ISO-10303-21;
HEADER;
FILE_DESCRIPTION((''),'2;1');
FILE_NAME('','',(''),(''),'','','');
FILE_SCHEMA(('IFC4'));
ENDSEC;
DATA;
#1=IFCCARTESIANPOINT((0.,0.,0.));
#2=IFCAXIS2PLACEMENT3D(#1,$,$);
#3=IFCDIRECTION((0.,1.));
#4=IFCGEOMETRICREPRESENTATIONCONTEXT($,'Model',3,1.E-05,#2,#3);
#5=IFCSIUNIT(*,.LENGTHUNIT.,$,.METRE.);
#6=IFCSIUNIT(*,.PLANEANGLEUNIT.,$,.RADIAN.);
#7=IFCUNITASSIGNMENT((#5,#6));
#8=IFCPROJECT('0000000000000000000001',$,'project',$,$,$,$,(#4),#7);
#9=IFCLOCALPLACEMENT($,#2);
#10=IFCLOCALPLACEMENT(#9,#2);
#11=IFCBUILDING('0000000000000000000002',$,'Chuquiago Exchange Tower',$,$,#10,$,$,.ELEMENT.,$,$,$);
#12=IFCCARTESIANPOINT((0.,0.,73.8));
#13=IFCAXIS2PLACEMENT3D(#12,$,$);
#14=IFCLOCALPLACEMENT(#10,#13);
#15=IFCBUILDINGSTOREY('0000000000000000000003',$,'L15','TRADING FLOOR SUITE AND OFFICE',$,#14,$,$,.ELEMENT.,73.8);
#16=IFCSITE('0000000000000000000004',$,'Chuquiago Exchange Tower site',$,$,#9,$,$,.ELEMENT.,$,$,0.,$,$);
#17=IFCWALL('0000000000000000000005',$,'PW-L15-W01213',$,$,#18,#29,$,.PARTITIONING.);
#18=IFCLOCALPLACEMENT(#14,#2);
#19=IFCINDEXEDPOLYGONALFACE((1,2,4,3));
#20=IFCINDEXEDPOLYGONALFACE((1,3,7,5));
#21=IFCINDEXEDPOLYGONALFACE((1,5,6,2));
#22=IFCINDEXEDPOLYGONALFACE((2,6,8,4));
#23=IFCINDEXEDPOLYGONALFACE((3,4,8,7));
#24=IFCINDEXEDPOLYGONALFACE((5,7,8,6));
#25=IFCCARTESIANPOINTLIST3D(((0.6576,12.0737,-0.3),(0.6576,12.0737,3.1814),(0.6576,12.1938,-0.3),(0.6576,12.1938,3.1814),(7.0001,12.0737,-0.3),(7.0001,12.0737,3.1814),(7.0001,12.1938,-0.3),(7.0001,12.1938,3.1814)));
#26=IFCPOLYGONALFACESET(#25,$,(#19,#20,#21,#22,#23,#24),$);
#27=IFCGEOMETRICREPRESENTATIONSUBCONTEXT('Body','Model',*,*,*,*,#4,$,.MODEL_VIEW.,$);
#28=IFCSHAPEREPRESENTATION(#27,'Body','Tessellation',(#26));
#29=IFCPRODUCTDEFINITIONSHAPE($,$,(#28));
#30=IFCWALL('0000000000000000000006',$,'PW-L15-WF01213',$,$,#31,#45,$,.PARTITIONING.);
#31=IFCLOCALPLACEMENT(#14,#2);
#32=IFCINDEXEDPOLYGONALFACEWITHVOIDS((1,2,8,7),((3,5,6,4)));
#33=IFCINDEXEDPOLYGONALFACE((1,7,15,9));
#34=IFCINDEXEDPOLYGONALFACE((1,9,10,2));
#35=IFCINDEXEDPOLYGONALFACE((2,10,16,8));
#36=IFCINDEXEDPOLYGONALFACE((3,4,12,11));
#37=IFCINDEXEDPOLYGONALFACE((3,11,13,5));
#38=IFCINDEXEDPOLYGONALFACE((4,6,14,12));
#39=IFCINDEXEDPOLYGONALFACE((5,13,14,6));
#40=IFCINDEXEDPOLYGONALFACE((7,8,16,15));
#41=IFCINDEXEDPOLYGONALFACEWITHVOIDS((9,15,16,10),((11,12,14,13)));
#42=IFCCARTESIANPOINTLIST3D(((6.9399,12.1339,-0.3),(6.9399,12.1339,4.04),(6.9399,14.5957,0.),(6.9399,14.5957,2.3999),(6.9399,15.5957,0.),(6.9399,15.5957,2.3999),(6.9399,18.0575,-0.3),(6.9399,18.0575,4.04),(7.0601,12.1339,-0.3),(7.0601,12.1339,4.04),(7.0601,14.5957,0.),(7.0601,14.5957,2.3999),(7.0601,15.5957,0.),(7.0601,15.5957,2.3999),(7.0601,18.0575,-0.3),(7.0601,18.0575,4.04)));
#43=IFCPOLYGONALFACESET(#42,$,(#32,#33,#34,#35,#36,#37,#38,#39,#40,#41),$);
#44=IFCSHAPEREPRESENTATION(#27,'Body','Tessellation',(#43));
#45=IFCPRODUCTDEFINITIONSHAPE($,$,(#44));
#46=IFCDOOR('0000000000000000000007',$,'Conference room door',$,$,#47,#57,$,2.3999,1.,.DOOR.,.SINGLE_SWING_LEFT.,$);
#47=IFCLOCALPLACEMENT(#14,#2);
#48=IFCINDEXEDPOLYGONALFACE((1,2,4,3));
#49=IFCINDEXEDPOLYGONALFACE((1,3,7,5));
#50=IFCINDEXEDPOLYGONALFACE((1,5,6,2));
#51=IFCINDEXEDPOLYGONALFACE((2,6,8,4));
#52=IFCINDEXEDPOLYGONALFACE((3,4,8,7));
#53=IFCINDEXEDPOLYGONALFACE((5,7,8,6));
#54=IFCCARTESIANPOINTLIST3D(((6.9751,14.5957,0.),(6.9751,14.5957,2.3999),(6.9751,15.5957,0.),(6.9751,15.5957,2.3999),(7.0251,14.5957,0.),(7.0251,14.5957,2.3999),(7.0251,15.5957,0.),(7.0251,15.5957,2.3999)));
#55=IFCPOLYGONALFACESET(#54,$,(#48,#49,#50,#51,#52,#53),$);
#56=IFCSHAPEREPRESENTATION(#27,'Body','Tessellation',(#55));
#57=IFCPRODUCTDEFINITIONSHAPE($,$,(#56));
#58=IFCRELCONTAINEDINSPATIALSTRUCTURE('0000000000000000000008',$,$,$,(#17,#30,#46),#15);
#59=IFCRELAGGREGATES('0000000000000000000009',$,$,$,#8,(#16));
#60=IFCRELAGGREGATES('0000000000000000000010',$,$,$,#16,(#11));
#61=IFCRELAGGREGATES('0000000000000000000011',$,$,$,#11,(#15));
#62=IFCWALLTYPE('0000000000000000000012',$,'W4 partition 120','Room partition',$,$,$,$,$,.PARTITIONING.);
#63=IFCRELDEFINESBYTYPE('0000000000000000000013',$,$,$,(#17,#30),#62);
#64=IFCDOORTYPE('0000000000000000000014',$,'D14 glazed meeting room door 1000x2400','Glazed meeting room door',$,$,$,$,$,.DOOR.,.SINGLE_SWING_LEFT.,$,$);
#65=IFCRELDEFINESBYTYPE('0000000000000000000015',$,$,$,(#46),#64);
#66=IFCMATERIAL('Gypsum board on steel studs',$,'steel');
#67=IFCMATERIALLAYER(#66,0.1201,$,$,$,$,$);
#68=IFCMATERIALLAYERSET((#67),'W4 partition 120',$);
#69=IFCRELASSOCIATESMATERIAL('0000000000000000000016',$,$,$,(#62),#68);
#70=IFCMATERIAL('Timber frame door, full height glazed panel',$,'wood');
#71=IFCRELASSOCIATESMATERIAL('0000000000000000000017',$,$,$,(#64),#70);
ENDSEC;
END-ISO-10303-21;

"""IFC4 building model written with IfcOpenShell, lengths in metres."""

from ifc_helpers import new_model, si_unit, direction, frame, frame_2d, origin, place, context, subcontext, project, spatial, rectangle, extrude, material, layer, layer_set, type_object, element, fill, save


model = new_model("IFC4")

# Units and contexts
model_context = context("Model", 3, precision=1e-05, world=origin(), true_north=direction((0.0, 1.0)))
body_context = subcontext(model_context, "Body", "Model", "MODEL_VIEW")
ifc_project = project(units=[si_unit("LENGTHUNIT", "METRE"), si_unit("PLANEANGLEUNIT", "RADIAN")], contexts=[model_context])

# Site, building, storey
site_placement = place(None, origin())
site = spatial("IfcSite", under=ifc_project, at=site_placement, Name="Chuquiago Exchange Tower site", CompositionType="ELEMENT", RefElevation=0.0)
building_placement = place(site_placement, origin())
building = spatial("IfcBuilding", under=site, at=building_placement, Name="Chuquiago Exchange Tower", CompositionType="ELEMENT")
storey_placement = place(building_placement, frame((0.0, 0.0, 73.8)))
storey = spatial("IfcBuildingStorey", under=building, at=storey_placement, Name="L15", Description="TRADING FLOOR SUITE AND OFFICE", CompositionType="ELEMENT", Elevation=73.8)

# Shared definitions
ifc_material_1 = material(Name="Gypsum board on steel studs", Category="steel")
ifc_layer_1 = layer(ifc_material_1, 0.1201)
ifc_layer_set_1 = layer_set([ifc_layer_1], Name="W4 partition 120")
wall_type_1 = type_object("IfcWallType", Name="W4 partition 120", Description="Room partition", PredefinedType="PARTITIONING", material=ifc_layer_set_1)

# Wall
wall_1_placement = place(storey_placement, frame((0.6575, 12.1338, -0.3), z_axis=(0.0, 0.0, 1.0), x_axis=(1.0, 0.0, 0.0)))
element("IfcWall", 1, at=wall_1_placement, inside=storey, type_object=wall_type_1, Name="PW-L15-W01213", PredefinedType="PARTITIONING", context=body_context, shape_type="SweptSolid", body=[
    extrude(rectangle(XDim=6.3425, YDim=0.1201, at=frame_2d((3.1714, 0.0))), origin(), (0.0, 0.0, 1.0), 3.4814),
])

# Wall, opening, door
wall_2_placement = place(storey_placement, frame((7.0, 12.1338, -0.3), z_axis=(0.0, 0.0, 1.0), x_axis=(0.0, 1.0, 0.0)))
wall_2 = element("IfcWall", 2, at=wall_2_placement, inside=storey, type_object=wall_type_1, Name="PW-L15-WF01213", PredefinedType="PARTITIONING", context=body_context, shape_type="SweptSolid", body=[
    extrude(rectangle(XDim=5.9236, YDim=0.1201, at=frame_2d((2.9619, 0.0))), origin(), (0.0, 0.0, 1.0), 4.3401),
])
opening_1_placement = place(wall_2_placement, frame((2.4619, 0.0, 0.3)))
opening_1 = element("IfcOpeningElement", 3, at=opening_1_placement, cuts=wall_2, PredefinedType="OPENING", context=body_context, shape_type="SweptSolid", body=[
    extrude(rectangle(XDim=1.0, YDim=2.3999, at=frame_2d((0.5, 1.2))), frame((0.0, 0.0701, 0.0), z_axis=(0.0, -1.0, 0.0), x_axis=(1.0, 0.0, 0.0)), (0.0, 0.0, 1.0), 0.1401),
])
ifc_material_2 = material(Name="Timber frame door, full height glazed panel", Category="wood")
door_type_1 = type_object("IfcDoorType", Name="D14 glazed meeting room door 1000x2400", Description="Glazed meeting room door", OperationType="SINGLE_SWING_LEFT", PredefinedType="DOOR", material=ifc_material_2)
door_1_placement = place(opening_1_placement, origin())
door_1 = element("IfcDoor", 4, at=door_1_placement, inside=storey, type_object=door_type_1, Name="Conference room door", OperationType="SINGLE_SWING_LEFT", OverallHeight=2.3999, OverallWidth=1.0, PredefinedType="DOOR", context=body_context, shape_type="SweptSolid", body=[
    extrude(rectangle(XDim=1.0, YDim=2.3999, at=frame_2d((0.5, 1.2))), frame((0.0, 0.0249, 0.0), z_axis=(0.0, -1.0, 0.0), x_axis=(1.0, 0.0, 0.0)), (0.0, 0.0, 1.0), 0.05),
])
fill(opening_1, door_1)

save(model, "model.ifc")
